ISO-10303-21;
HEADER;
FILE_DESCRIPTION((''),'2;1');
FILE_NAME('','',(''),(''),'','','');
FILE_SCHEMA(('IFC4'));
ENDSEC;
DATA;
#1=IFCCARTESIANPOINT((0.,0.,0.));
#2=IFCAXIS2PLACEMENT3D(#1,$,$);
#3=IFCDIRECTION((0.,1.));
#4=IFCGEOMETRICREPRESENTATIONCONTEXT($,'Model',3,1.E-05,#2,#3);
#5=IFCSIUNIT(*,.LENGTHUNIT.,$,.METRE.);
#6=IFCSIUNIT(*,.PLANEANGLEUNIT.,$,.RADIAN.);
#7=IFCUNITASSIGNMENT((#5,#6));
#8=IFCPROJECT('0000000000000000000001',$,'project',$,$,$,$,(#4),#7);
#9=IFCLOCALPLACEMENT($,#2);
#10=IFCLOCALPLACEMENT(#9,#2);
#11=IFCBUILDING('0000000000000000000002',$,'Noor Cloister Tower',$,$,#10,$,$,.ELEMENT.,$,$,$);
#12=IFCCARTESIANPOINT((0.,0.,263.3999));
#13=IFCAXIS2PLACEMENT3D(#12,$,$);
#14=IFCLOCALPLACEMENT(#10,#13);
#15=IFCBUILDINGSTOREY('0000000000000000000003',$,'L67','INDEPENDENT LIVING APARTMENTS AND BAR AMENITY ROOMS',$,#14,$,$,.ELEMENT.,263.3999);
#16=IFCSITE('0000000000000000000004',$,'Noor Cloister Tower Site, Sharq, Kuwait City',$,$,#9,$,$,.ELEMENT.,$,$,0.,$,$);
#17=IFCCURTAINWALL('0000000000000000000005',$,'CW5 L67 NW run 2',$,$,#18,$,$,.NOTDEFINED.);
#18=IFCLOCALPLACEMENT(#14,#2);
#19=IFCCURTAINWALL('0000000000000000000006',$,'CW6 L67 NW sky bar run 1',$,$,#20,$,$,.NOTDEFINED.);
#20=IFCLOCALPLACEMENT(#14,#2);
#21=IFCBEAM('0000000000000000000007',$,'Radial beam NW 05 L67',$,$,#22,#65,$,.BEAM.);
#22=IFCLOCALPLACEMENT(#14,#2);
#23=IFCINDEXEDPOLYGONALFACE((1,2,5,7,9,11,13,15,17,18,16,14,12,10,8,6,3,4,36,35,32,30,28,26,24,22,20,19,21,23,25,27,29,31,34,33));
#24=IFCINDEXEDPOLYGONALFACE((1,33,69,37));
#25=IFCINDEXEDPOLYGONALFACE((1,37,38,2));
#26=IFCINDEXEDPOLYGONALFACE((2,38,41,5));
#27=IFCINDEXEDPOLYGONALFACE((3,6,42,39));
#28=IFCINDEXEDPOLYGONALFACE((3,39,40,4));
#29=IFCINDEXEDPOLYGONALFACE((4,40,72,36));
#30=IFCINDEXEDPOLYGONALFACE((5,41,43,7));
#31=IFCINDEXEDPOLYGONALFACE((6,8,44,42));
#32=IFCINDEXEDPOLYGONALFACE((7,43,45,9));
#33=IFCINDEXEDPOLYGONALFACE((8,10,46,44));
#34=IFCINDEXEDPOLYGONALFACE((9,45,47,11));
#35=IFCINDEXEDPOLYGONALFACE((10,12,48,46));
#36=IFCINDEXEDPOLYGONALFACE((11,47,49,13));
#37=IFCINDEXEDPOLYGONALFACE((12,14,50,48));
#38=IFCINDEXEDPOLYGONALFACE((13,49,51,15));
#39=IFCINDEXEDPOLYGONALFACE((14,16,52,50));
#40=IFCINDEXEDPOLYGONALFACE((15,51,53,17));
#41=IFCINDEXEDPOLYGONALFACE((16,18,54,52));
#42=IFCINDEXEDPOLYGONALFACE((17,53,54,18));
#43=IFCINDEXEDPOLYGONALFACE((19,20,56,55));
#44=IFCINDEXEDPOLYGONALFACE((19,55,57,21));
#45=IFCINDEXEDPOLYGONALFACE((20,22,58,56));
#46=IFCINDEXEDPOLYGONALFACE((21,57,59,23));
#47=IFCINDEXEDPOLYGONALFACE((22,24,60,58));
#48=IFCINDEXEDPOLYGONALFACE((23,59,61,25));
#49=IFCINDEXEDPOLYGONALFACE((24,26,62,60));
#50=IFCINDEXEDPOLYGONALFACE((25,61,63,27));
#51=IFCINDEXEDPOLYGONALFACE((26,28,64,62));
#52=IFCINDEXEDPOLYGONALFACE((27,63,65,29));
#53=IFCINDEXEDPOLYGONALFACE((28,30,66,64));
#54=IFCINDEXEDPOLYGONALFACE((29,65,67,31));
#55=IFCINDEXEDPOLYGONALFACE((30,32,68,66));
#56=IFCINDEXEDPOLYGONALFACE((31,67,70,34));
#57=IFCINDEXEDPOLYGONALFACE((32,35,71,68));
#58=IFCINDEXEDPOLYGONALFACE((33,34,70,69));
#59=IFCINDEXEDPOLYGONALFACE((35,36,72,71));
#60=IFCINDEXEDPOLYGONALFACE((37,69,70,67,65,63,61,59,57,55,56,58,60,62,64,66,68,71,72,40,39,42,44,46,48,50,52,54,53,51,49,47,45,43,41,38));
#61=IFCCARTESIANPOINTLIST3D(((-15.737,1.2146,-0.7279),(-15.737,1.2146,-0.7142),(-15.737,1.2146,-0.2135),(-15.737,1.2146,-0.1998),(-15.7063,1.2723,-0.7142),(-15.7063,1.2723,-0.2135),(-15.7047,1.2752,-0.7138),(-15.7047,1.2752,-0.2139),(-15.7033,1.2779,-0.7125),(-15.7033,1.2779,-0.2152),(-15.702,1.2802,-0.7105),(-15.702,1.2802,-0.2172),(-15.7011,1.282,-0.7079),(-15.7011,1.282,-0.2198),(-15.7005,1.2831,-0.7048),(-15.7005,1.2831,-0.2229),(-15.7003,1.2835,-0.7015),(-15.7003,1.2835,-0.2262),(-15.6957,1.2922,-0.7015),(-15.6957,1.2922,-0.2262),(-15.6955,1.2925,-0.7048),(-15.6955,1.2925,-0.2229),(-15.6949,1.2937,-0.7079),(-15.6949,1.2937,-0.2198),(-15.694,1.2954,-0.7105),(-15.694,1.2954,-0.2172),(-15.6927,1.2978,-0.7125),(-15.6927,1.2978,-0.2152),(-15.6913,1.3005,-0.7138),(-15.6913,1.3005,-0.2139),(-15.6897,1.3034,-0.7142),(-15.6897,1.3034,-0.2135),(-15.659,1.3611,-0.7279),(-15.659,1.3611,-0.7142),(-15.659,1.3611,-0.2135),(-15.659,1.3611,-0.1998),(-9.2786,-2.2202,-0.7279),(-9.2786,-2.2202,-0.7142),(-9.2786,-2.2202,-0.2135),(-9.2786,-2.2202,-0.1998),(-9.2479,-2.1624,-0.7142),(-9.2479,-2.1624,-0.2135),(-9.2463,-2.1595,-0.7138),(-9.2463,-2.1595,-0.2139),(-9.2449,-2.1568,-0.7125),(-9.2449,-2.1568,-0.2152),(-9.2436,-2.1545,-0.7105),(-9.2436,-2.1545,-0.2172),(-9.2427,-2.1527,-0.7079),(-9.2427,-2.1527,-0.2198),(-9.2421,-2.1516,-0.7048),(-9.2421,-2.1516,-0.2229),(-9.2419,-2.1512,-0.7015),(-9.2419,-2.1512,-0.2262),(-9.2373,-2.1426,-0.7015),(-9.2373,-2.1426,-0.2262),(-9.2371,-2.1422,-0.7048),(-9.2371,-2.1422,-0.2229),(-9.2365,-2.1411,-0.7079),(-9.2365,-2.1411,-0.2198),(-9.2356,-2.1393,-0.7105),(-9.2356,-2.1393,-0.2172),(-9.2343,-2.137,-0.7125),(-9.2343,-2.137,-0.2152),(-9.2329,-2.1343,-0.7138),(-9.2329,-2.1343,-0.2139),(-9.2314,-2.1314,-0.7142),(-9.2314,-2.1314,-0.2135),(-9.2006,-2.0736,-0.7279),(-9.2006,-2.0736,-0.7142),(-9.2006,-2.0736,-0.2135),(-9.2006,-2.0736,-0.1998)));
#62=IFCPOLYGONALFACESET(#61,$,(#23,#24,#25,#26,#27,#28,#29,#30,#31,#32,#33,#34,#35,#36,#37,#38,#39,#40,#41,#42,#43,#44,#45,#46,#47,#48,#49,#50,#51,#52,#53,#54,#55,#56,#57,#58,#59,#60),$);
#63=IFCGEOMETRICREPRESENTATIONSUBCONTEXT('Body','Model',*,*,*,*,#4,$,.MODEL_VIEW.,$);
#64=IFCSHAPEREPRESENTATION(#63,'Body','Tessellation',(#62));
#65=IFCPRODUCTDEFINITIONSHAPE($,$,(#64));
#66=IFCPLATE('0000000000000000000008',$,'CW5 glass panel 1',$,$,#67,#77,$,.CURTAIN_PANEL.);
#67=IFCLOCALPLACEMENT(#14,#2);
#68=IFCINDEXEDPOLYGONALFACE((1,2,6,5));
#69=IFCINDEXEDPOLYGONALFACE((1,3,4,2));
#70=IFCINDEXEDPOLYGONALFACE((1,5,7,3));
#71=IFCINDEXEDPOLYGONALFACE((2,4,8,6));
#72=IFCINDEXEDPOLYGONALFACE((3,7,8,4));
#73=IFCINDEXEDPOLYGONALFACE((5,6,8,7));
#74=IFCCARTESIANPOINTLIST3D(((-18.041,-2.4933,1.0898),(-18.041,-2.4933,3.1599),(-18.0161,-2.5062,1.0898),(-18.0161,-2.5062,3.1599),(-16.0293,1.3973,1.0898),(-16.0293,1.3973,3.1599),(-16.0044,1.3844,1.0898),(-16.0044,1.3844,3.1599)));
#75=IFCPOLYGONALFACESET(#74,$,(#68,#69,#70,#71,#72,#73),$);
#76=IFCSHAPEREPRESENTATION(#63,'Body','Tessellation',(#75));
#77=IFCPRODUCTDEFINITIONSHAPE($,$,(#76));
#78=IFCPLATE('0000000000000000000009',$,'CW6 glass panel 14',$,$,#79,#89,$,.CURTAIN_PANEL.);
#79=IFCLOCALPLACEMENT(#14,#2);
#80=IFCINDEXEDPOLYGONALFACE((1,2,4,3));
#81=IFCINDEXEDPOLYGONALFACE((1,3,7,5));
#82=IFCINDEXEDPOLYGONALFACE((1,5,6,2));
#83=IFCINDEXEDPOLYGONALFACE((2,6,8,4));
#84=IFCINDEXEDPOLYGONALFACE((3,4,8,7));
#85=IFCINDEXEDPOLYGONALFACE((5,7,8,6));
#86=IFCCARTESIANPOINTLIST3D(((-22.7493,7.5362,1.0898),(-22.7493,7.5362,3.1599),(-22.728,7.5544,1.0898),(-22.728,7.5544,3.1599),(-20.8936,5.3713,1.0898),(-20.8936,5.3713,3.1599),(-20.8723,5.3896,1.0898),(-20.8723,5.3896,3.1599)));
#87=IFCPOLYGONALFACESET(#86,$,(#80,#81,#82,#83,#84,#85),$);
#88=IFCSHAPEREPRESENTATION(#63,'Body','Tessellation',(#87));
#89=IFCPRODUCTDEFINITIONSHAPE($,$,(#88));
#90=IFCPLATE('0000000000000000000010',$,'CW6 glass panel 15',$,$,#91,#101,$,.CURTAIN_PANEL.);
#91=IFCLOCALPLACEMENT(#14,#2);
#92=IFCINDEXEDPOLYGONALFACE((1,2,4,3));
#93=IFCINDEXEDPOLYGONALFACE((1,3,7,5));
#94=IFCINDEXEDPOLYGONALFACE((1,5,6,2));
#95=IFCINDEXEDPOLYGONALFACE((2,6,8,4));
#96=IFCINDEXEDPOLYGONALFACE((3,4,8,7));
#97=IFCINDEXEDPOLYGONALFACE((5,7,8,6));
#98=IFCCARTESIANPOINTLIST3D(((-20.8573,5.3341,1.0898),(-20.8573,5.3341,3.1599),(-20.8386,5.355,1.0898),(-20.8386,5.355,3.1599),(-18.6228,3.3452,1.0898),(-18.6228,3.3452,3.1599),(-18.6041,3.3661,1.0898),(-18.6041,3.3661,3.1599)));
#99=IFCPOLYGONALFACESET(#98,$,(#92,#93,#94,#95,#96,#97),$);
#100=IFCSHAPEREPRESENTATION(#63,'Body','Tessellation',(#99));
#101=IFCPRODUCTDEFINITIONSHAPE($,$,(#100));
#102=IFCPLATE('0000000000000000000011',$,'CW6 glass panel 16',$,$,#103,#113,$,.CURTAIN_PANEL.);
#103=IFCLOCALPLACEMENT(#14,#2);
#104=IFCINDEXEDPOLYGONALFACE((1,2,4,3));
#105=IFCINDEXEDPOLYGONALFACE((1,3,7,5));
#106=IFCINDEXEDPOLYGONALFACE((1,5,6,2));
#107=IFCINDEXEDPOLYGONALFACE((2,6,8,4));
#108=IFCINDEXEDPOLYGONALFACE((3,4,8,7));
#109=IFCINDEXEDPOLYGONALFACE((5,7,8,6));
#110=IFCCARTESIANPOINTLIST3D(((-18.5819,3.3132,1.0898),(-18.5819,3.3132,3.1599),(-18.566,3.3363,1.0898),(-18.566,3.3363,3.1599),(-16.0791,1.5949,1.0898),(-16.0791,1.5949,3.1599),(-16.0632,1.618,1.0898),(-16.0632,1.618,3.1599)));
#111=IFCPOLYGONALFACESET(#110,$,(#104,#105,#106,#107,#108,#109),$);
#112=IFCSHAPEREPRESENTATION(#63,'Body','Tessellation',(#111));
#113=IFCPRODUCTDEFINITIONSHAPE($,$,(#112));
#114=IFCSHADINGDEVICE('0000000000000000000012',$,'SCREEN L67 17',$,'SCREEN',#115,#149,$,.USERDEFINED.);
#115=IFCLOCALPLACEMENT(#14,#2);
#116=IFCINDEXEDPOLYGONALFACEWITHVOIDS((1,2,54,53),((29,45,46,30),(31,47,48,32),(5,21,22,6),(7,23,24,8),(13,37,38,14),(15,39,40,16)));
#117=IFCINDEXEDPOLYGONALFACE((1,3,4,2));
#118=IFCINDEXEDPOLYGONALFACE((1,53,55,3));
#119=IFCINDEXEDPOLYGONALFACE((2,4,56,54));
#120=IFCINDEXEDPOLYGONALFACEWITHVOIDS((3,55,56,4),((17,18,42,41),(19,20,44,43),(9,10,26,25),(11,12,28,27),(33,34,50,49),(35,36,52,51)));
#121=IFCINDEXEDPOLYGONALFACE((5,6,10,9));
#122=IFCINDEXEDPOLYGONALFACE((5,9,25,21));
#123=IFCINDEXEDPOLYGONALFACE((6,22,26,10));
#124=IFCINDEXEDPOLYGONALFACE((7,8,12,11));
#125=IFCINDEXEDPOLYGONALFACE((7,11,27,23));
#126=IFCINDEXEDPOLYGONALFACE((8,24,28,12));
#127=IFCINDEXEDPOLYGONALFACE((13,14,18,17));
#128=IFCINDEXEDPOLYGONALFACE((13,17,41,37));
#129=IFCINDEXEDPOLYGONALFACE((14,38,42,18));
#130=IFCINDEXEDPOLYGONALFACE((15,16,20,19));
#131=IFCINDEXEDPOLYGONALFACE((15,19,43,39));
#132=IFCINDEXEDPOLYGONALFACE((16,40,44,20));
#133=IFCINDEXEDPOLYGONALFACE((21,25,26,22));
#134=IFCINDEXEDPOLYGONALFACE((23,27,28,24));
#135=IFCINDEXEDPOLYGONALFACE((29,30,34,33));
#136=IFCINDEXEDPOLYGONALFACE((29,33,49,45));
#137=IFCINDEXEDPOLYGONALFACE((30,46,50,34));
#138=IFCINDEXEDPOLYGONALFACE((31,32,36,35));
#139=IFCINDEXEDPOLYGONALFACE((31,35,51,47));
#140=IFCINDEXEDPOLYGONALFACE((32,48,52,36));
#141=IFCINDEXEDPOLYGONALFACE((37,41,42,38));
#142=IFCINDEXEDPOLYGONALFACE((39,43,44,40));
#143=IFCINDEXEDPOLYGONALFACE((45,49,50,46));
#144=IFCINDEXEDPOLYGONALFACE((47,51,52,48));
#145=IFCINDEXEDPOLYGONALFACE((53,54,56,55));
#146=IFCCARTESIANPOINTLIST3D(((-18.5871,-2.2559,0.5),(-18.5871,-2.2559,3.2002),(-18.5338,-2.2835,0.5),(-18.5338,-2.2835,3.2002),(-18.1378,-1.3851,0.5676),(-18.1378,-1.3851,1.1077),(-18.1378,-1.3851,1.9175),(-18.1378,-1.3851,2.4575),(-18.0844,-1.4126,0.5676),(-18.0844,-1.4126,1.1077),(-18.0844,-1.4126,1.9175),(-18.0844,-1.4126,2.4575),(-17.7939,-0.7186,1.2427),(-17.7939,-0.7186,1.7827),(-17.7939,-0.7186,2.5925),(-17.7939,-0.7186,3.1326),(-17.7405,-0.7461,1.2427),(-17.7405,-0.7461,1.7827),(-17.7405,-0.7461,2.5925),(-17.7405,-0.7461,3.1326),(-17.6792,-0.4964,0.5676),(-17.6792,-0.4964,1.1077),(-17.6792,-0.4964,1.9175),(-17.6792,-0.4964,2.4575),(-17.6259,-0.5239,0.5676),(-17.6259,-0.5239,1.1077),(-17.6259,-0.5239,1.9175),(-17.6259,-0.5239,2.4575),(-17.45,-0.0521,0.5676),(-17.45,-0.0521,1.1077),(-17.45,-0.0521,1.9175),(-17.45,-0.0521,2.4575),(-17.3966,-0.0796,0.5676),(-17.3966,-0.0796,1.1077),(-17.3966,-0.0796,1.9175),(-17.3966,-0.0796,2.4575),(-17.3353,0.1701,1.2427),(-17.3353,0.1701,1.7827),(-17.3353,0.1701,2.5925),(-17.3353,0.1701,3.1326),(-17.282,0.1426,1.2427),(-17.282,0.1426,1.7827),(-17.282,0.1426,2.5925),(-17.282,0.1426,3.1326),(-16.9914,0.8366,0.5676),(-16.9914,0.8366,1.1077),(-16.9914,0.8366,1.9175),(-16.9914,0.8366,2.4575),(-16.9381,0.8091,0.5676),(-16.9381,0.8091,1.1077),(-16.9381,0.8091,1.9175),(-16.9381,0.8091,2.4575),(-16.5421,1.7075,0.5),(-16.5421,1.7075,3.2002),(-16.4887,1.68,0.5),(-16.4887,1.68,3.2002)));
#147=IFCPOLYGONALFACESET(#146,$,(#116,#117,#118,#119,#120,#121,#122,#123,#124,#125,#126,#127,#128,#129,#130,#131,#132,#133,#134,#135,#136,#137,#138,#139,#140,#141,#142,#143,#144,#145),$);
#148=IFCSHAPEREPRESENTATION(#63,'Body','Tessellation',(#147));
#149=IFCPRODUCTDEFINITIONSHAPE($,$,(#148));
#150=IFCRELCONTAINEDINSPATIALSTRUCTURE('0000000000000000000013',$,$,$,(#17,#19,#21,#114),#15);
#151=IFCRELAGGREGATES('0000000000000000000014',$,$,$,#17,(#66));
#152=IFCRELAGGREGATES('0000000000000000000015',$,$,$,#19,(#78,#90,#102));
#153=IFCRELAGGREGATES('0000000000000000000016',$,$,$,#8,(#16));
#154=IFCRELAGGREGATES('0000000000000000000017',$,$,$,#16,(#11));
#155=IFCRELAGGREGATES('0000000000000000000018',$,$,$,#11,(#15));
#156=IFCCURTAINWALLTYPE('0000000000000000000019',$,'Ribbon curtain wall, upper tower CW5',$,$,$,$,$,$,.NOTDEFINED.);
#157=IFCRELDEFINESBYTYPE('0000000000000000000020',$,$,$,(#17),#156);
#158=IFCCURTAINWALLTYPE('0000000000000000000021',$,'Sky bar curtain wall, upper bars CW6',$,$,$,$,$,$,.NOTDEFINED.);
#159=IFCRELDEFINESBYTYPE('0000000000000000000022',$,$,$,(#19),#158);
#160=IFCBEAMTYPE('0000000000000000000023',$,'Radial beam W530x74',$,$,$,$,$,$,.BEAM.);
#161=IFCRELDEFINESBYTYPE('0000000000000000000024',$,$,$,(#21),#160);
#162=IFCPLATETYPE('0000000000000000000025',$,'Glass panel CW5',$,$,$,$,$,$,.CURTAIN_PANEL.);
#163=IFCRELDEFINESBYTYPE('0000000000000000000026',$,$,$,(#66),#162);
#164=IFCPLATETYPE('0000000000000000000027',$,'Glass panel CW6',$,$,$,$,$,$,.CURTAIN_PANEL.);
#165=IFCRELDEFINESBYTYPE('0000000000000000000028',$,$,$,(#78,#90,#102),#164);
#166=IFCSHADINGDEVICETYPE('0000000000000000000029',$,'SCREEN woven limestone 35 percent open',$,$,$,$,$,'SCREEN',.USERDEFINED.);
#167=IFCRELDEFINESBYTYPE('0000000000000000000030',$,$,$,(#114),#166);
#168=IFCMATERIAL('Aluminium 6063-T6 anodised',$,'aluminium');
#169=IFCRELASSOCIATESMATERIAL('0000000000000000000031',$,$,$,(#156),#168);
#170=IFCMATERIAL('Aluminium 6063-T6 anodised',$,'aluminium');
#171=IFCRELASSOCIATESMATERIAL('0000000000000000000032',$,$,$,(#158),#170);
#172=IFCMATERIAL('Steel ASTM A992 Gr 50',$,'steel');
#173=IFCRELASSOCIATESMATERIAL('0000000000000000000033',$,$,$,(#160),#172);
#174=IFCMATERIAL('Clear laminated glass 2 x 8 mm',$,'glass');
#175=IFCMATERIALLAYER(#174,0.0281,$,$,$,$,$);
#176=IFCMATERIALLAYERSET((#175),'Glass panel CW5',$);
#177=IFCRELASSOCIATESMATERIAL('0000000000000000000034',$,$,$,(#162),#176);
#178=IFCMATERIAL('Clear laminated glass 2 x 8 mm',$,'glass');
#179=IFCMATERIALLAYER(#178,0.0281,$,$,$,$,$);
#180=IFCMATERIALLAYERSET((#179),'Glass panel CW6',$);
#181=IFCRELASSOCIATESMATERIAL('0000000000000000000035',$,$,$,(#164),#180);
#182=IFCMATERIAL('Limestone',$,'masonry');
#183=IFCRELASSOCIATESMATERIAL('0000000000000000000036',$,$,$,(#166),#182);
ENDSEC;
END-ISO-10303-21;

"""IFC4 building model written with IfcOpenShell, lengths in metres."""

from ifc_helpers import new_model, si_unit, direction, frame, origin, origin_2d, place, context, subcontext, project, spatial, polyline, rectangle, i_section, outline, extrude, material, layer, layer_set, material_profile, profile_set, type_object, element, aggregate, save


model = new_model("IFC4")

# Units and contexts
model_context = context("Model", 3, precision=1e-05, world=origin(), true_north=direction((0.0, 1.0)))
body_context = subcontext(model_context, "Body", "Model", "MODEL_VIEW")
ifc_project = project(units=[si_unit("LENGTHUNIT", "METRE"), si_unit("PLANEANGLEUNIT", "RADIAN")], contexts=[model_context])

# Site, building, storey
site_placement = place(None, origin())
site = spatial("IfcSite", under=ifc_project, at=site_placement, Name="Noor Cloister Tower Site, Sharq, Kuwait City", CompositionType="ELEMENT", RefElevation=0.0)
building_placement = place(site_placement, origin())
building = spatial("IfcBuilding", under=site, at=building_placement, Name="Noor Cloister Tower", CompositionType="ELEMENT")
storey_placement = place(building_placement, frame((0.0, 0.0, 263.3999)))
storey = spatial("IfcBuildingStorey", under=building, at=storey_placement, Name="L67", Description="INDEPENDENT LIVING APARTMENTS AND BAR AMENITY ROOMS", CompositionType="ELEMENT", Elevation=263.3999)

# Curtain wall
ifc_material_1 = material(Name="Aluminium 6063-T6 anodised", Category="aluminium")
curtain_wall_type_1 = type_object("IfcCurtainWallType", Name="Ribbon curtain wall, upper tower CW5", PredefinedType="NOTDEFINED", material=ifc_material_1)
curtain_wall_1_placement = place(storey_placement, origin())
curtain_wall_1 = element("IfcCurtainWall", 1, at=curtain_wall_1_placement, inside=storey, type_object=curtain_wall_type_1, Name="CW5 L67 NW run 2", PredefinedType="NOTDEFINED")

# Curtain wall
ifc_material_2 = material(Name="Aluminium 6063-T6 anodised", Category="aluminium")
curtain_wall_type_2 = type_object("IfcCurtainWallType", Name="Sky bar curtain wall, upper bars CW6", PredefinedType="NOTDEFINED", material=ifc_material_2)
curtain_wall_2_placement = place(storey_placement, origin())
curtain_wall_2 = element("IfcCurtainWall", 2, at=curtain_wall_2_placement, inside=storey, type_object=curtain_wall_type_2, Name="CW6 L67 NW sky bar run 1", PredefinedType="NOTDEFINED")

# Beam
ifc_material_3 = material(Name="Steel ASTM A992 Gr 50", Category="steel")
ifc_material_profile_1 = material_profile(ifc_material_3, i_section(OverallWidth=0.166, OverallDepth=0.5281, WebThickness=0.0098, FlangeThickness=0.0137, FilletRadius=0.0127, at=origin_2d()), Name="W530x74")
ifc_profile_set_1 = profile_set([ifc_material_profile_1], Name="Steel ASTM A992 Gr 50")
beam_type_1 = type_object("IfcBeamType", Name="Radial beam W530x74", PredefinedType="BEAM", material=ifc_profile_set_1)
beam_1_placement = place(storey_placement, frame((-15.698, 1.2878, -0.4639), z_axis=(0.882904, -0.469554, 0.0), x_axis=(0.469554, 0.882904, 0.0)))
element("IfcBeam", 3, at=beam_1_placement, inside=storey, type_object=beam_type_1, Name="Radial beam NW 05 L67", PredefinedType="BEAM", context=body_context, shape_type="SweptSolid", body=[
    extrude(i_section(OverallWidth=0.166, OverallDepth=0.5281, WebThickness=0.0098, FlangeThickness=0.0137, FilletRadius=0.0127, at=origin_2d()), origin(), (0.0, 0.0, 1.0), 7.3149),
])

# Plates
ifc_material_4 = material(Name="Clear laminated glass 2 x 8 mm", Category="glass")
ifc_layer_1 = layer(ifc_material_4, 0.0281)
ifc_layer_set_1 = layer_set([ifc_layer_1], Name="Glass panel CW5")
plate_type_1 = type_object("IfcPlateType", Name="Glass panel CW5", PredefinedType="CURTAIN_PANEL", material=ifc_layer_set_1)
plate_1_placement = place(storey_placement, frame((-17.0227, -0.5544, 1.0898), z_axis=(0.0, 0.0, 1.0), x_axis=(-0.459306, -0.888278, 0.0)))
plate_1 = element("IfcPlate", 4, at=plate_1_placement, type_object=plate_type_1, Name="CW5 glass panel 1", PredefinedType="CURTAIN_PANEL", context=body_context, shape_type="SweptSolid", body=[
    extrude(rectangle(XDim=4.3799, YDim=0.0281, at=origin_2d()), origin(), (0.0, 0.0, 1.0), 2.0701),
])
aggregate(curtain_wall_1, [plate_1])
ifc_material_5 = material(Name="Clear laminated glass 2 x 8 mm", Category="glass")
ifc_layer_2 = layer(ifc_material_5, 0.0281)
ifc_layer_set_2 = layer_set([ifc_layer_2], Name="Glass panel CW6")
plate_type_2 = type_object("IfcPlateType", Name="Glass panel CW6", PredefinedType="CURTAIN_PANEL", material=ifc_layer_set_2)
plate_2_placement = place(storey_placement, frame((-21.8108, 6.4629, 1.0898), z_axis=(0.0, 0.0, 1.0), x_axis=(0.650821, -0.759231, 0.0)))
plate_2 = element("IfcPlate", 5, at=plate_2_placement, type_object=plate_type_2, Name="CW6 glass panel 14", PredefinedType="CURTAIN_PANEL", context=body_context, shape_type="SweptSolid", body=[
    extrude(rectangle(XDim=2.8513, YDim=0.0281, at=origin_2d()), origin(), (0.0, 0.0, 1.0), 2.0701),
])
plate_3_placement = place(storey_placement, frame((-19.7307, 4.3501, 1.0898), z_axis=(0.0, 0.0, 1.0), x_axis=(0.74697, -0.664858, 0.0)))
plate_3 = element("IfcPlate", 6, at=plate_3_placement, type_object=plate_type_2, Name="CW6 glass panel 15", PredefinedType="CURTAIN_PANEL", context=body_context, shape_type="SweptSolid", body=[
    extrude(rectangle(XDim=2.9915, YDim=0.0281, at=origin_2d()), origin(), (0.0, 0.0, 1.0), 2.0701),
])
plate_4_placement = place(storey_placement, frame((-17.3225, 2.4656, 1.0898), z_axis=(0.0, 0.0, 1.0), x_axis=(0.824408, -0.565997, 0.0)))
plate_4 = element("IfcPlate", 7, at=plate_4_placement, type_object=plate_type_2, Name="CW6 glass panel 16", PredefinedType="CURTAIN_PANEL", context=body_context, shape_type="SweptSolid", body=[
    extrude(rectangle(XDim=3.0359, YDim=0.0281, at=origin_2d()), origin(), (0.0, 0.0, 1.0), 2.0701),
])
aggregate(curtain_wall_2, [plate_2, plate_3, plate_4])

# Shading device
ifc_material_6 = material(Name="Limestone", Category="masonry")
ifc_material_profile_2 = material_profile(ifc_material_6, outline(polyline([(-2.23, -1.3501), (2.23, -1.3501), (2.23, 1.3501), (-2.23, 1.3501), (-2.23, -1.3501)]), holes=[polyline([(-1.25, -1.2825), (-0.25, -1.2825), (-0.25, -0.7424), (-1.25, -0.7424), (-1.25, -1.2825)]), polyline([(0.25, -1.2825), (1.25, -1.2825), (1.25, -0.7424), (0.25, -0.7424), (0.25, -1.2825)]), polyline([(-0.5, -0.6074), (0.5, -0.6074), (0.5, -0.0674), (-0.5, -0.0674), (-0.5, -0.6074)]), polyline([(-1.25, 0.0674), (-0.25, 0.0674), (-0.25, 0.6074), (-1.25, 0.6074), (-1.25, 0.0674)]), polyline([(0.25, 0.0674), (1.25, 0.0674), (1.25, 0.6074), (0.25, 0.6074), (0.25, 0.0674)]), polyline([(-0.5, 0.7424), (0.5, 0.7424), (0.5, 1.2825), (-0.5, 1.2825), (-0.5, 0.7424)])]), Name="Woven screen 35 percent open")
ifc_profile_set_2 = profile_set([ifc_material_profile_2], Name="Limestone")
shading_device_type_1 = type_object("IfcShadingDeviceType", Name="SCREEN woven limestone 35 percent open", ElementType="SCREEN", PredefinedType="USERDEFINED", material=ifc_profile_set_2)
shading_device_1_placement = place(storey_placement, frame((-17.5112, -0.3018, 1.8501), z_axis=(-0.888674, 0.45854, 0.0), x_axis=(-0.45854, -0.888674, 0.0)))
element("IfcShadingDevice", 8, at=shading_device_1_placement, inside=storey, type_object=shading_device_type_1, Name="SCREEN L67 17", ObjectType="SCREEN", PredefinedType="USERDEFINED", context=body_context, shape_type="SweptSolid", body=[
    extrude(outline(polyline([(-2.23, -1.3501), (2.23, -1.3501), (2.23, 1.3501), (-2.23, 1.3501), (-2.23, -1.3501)]), holes=[polyline([(-1.25, -1.2825), (-0.25, -1.2825), (-0.25, -0.7424), (-1.25, -0.7424), (-1.25, -1.2825)]), polyline([(0.25, -1.2825), (1.25, -1.2825), (1.25, -0.7424), (0.25, -0.7424), (0.25, -1.2825)]), polyline([(-0.5, -0.6074), (0.5, -0.6074), (0.5, -0.0674), (-0.5, -0.0674), (-0.5, -0.6074)]), polyline([(-1.25, 0.0674), (-0.25, 0.0674), (-0.25, 0.6074), (-1.25, 0.6074), (-1.25, 0.0674)]), polyline([(0.25, 0.0674), (1.25, 0.0674), (1.25, 0.6074), (0.25, 0.6074), (0.25, 0.0674)]), polyline([(-0.5, 0.7424), (0.5, 0.7424), (0.5, 1.2825), (-0.5, 1.2825), (-0.5, 0.7424)])]), origin(), (0.0, 0.0, 1.0), 0.0601),
])

save(model, "model.ifc")
